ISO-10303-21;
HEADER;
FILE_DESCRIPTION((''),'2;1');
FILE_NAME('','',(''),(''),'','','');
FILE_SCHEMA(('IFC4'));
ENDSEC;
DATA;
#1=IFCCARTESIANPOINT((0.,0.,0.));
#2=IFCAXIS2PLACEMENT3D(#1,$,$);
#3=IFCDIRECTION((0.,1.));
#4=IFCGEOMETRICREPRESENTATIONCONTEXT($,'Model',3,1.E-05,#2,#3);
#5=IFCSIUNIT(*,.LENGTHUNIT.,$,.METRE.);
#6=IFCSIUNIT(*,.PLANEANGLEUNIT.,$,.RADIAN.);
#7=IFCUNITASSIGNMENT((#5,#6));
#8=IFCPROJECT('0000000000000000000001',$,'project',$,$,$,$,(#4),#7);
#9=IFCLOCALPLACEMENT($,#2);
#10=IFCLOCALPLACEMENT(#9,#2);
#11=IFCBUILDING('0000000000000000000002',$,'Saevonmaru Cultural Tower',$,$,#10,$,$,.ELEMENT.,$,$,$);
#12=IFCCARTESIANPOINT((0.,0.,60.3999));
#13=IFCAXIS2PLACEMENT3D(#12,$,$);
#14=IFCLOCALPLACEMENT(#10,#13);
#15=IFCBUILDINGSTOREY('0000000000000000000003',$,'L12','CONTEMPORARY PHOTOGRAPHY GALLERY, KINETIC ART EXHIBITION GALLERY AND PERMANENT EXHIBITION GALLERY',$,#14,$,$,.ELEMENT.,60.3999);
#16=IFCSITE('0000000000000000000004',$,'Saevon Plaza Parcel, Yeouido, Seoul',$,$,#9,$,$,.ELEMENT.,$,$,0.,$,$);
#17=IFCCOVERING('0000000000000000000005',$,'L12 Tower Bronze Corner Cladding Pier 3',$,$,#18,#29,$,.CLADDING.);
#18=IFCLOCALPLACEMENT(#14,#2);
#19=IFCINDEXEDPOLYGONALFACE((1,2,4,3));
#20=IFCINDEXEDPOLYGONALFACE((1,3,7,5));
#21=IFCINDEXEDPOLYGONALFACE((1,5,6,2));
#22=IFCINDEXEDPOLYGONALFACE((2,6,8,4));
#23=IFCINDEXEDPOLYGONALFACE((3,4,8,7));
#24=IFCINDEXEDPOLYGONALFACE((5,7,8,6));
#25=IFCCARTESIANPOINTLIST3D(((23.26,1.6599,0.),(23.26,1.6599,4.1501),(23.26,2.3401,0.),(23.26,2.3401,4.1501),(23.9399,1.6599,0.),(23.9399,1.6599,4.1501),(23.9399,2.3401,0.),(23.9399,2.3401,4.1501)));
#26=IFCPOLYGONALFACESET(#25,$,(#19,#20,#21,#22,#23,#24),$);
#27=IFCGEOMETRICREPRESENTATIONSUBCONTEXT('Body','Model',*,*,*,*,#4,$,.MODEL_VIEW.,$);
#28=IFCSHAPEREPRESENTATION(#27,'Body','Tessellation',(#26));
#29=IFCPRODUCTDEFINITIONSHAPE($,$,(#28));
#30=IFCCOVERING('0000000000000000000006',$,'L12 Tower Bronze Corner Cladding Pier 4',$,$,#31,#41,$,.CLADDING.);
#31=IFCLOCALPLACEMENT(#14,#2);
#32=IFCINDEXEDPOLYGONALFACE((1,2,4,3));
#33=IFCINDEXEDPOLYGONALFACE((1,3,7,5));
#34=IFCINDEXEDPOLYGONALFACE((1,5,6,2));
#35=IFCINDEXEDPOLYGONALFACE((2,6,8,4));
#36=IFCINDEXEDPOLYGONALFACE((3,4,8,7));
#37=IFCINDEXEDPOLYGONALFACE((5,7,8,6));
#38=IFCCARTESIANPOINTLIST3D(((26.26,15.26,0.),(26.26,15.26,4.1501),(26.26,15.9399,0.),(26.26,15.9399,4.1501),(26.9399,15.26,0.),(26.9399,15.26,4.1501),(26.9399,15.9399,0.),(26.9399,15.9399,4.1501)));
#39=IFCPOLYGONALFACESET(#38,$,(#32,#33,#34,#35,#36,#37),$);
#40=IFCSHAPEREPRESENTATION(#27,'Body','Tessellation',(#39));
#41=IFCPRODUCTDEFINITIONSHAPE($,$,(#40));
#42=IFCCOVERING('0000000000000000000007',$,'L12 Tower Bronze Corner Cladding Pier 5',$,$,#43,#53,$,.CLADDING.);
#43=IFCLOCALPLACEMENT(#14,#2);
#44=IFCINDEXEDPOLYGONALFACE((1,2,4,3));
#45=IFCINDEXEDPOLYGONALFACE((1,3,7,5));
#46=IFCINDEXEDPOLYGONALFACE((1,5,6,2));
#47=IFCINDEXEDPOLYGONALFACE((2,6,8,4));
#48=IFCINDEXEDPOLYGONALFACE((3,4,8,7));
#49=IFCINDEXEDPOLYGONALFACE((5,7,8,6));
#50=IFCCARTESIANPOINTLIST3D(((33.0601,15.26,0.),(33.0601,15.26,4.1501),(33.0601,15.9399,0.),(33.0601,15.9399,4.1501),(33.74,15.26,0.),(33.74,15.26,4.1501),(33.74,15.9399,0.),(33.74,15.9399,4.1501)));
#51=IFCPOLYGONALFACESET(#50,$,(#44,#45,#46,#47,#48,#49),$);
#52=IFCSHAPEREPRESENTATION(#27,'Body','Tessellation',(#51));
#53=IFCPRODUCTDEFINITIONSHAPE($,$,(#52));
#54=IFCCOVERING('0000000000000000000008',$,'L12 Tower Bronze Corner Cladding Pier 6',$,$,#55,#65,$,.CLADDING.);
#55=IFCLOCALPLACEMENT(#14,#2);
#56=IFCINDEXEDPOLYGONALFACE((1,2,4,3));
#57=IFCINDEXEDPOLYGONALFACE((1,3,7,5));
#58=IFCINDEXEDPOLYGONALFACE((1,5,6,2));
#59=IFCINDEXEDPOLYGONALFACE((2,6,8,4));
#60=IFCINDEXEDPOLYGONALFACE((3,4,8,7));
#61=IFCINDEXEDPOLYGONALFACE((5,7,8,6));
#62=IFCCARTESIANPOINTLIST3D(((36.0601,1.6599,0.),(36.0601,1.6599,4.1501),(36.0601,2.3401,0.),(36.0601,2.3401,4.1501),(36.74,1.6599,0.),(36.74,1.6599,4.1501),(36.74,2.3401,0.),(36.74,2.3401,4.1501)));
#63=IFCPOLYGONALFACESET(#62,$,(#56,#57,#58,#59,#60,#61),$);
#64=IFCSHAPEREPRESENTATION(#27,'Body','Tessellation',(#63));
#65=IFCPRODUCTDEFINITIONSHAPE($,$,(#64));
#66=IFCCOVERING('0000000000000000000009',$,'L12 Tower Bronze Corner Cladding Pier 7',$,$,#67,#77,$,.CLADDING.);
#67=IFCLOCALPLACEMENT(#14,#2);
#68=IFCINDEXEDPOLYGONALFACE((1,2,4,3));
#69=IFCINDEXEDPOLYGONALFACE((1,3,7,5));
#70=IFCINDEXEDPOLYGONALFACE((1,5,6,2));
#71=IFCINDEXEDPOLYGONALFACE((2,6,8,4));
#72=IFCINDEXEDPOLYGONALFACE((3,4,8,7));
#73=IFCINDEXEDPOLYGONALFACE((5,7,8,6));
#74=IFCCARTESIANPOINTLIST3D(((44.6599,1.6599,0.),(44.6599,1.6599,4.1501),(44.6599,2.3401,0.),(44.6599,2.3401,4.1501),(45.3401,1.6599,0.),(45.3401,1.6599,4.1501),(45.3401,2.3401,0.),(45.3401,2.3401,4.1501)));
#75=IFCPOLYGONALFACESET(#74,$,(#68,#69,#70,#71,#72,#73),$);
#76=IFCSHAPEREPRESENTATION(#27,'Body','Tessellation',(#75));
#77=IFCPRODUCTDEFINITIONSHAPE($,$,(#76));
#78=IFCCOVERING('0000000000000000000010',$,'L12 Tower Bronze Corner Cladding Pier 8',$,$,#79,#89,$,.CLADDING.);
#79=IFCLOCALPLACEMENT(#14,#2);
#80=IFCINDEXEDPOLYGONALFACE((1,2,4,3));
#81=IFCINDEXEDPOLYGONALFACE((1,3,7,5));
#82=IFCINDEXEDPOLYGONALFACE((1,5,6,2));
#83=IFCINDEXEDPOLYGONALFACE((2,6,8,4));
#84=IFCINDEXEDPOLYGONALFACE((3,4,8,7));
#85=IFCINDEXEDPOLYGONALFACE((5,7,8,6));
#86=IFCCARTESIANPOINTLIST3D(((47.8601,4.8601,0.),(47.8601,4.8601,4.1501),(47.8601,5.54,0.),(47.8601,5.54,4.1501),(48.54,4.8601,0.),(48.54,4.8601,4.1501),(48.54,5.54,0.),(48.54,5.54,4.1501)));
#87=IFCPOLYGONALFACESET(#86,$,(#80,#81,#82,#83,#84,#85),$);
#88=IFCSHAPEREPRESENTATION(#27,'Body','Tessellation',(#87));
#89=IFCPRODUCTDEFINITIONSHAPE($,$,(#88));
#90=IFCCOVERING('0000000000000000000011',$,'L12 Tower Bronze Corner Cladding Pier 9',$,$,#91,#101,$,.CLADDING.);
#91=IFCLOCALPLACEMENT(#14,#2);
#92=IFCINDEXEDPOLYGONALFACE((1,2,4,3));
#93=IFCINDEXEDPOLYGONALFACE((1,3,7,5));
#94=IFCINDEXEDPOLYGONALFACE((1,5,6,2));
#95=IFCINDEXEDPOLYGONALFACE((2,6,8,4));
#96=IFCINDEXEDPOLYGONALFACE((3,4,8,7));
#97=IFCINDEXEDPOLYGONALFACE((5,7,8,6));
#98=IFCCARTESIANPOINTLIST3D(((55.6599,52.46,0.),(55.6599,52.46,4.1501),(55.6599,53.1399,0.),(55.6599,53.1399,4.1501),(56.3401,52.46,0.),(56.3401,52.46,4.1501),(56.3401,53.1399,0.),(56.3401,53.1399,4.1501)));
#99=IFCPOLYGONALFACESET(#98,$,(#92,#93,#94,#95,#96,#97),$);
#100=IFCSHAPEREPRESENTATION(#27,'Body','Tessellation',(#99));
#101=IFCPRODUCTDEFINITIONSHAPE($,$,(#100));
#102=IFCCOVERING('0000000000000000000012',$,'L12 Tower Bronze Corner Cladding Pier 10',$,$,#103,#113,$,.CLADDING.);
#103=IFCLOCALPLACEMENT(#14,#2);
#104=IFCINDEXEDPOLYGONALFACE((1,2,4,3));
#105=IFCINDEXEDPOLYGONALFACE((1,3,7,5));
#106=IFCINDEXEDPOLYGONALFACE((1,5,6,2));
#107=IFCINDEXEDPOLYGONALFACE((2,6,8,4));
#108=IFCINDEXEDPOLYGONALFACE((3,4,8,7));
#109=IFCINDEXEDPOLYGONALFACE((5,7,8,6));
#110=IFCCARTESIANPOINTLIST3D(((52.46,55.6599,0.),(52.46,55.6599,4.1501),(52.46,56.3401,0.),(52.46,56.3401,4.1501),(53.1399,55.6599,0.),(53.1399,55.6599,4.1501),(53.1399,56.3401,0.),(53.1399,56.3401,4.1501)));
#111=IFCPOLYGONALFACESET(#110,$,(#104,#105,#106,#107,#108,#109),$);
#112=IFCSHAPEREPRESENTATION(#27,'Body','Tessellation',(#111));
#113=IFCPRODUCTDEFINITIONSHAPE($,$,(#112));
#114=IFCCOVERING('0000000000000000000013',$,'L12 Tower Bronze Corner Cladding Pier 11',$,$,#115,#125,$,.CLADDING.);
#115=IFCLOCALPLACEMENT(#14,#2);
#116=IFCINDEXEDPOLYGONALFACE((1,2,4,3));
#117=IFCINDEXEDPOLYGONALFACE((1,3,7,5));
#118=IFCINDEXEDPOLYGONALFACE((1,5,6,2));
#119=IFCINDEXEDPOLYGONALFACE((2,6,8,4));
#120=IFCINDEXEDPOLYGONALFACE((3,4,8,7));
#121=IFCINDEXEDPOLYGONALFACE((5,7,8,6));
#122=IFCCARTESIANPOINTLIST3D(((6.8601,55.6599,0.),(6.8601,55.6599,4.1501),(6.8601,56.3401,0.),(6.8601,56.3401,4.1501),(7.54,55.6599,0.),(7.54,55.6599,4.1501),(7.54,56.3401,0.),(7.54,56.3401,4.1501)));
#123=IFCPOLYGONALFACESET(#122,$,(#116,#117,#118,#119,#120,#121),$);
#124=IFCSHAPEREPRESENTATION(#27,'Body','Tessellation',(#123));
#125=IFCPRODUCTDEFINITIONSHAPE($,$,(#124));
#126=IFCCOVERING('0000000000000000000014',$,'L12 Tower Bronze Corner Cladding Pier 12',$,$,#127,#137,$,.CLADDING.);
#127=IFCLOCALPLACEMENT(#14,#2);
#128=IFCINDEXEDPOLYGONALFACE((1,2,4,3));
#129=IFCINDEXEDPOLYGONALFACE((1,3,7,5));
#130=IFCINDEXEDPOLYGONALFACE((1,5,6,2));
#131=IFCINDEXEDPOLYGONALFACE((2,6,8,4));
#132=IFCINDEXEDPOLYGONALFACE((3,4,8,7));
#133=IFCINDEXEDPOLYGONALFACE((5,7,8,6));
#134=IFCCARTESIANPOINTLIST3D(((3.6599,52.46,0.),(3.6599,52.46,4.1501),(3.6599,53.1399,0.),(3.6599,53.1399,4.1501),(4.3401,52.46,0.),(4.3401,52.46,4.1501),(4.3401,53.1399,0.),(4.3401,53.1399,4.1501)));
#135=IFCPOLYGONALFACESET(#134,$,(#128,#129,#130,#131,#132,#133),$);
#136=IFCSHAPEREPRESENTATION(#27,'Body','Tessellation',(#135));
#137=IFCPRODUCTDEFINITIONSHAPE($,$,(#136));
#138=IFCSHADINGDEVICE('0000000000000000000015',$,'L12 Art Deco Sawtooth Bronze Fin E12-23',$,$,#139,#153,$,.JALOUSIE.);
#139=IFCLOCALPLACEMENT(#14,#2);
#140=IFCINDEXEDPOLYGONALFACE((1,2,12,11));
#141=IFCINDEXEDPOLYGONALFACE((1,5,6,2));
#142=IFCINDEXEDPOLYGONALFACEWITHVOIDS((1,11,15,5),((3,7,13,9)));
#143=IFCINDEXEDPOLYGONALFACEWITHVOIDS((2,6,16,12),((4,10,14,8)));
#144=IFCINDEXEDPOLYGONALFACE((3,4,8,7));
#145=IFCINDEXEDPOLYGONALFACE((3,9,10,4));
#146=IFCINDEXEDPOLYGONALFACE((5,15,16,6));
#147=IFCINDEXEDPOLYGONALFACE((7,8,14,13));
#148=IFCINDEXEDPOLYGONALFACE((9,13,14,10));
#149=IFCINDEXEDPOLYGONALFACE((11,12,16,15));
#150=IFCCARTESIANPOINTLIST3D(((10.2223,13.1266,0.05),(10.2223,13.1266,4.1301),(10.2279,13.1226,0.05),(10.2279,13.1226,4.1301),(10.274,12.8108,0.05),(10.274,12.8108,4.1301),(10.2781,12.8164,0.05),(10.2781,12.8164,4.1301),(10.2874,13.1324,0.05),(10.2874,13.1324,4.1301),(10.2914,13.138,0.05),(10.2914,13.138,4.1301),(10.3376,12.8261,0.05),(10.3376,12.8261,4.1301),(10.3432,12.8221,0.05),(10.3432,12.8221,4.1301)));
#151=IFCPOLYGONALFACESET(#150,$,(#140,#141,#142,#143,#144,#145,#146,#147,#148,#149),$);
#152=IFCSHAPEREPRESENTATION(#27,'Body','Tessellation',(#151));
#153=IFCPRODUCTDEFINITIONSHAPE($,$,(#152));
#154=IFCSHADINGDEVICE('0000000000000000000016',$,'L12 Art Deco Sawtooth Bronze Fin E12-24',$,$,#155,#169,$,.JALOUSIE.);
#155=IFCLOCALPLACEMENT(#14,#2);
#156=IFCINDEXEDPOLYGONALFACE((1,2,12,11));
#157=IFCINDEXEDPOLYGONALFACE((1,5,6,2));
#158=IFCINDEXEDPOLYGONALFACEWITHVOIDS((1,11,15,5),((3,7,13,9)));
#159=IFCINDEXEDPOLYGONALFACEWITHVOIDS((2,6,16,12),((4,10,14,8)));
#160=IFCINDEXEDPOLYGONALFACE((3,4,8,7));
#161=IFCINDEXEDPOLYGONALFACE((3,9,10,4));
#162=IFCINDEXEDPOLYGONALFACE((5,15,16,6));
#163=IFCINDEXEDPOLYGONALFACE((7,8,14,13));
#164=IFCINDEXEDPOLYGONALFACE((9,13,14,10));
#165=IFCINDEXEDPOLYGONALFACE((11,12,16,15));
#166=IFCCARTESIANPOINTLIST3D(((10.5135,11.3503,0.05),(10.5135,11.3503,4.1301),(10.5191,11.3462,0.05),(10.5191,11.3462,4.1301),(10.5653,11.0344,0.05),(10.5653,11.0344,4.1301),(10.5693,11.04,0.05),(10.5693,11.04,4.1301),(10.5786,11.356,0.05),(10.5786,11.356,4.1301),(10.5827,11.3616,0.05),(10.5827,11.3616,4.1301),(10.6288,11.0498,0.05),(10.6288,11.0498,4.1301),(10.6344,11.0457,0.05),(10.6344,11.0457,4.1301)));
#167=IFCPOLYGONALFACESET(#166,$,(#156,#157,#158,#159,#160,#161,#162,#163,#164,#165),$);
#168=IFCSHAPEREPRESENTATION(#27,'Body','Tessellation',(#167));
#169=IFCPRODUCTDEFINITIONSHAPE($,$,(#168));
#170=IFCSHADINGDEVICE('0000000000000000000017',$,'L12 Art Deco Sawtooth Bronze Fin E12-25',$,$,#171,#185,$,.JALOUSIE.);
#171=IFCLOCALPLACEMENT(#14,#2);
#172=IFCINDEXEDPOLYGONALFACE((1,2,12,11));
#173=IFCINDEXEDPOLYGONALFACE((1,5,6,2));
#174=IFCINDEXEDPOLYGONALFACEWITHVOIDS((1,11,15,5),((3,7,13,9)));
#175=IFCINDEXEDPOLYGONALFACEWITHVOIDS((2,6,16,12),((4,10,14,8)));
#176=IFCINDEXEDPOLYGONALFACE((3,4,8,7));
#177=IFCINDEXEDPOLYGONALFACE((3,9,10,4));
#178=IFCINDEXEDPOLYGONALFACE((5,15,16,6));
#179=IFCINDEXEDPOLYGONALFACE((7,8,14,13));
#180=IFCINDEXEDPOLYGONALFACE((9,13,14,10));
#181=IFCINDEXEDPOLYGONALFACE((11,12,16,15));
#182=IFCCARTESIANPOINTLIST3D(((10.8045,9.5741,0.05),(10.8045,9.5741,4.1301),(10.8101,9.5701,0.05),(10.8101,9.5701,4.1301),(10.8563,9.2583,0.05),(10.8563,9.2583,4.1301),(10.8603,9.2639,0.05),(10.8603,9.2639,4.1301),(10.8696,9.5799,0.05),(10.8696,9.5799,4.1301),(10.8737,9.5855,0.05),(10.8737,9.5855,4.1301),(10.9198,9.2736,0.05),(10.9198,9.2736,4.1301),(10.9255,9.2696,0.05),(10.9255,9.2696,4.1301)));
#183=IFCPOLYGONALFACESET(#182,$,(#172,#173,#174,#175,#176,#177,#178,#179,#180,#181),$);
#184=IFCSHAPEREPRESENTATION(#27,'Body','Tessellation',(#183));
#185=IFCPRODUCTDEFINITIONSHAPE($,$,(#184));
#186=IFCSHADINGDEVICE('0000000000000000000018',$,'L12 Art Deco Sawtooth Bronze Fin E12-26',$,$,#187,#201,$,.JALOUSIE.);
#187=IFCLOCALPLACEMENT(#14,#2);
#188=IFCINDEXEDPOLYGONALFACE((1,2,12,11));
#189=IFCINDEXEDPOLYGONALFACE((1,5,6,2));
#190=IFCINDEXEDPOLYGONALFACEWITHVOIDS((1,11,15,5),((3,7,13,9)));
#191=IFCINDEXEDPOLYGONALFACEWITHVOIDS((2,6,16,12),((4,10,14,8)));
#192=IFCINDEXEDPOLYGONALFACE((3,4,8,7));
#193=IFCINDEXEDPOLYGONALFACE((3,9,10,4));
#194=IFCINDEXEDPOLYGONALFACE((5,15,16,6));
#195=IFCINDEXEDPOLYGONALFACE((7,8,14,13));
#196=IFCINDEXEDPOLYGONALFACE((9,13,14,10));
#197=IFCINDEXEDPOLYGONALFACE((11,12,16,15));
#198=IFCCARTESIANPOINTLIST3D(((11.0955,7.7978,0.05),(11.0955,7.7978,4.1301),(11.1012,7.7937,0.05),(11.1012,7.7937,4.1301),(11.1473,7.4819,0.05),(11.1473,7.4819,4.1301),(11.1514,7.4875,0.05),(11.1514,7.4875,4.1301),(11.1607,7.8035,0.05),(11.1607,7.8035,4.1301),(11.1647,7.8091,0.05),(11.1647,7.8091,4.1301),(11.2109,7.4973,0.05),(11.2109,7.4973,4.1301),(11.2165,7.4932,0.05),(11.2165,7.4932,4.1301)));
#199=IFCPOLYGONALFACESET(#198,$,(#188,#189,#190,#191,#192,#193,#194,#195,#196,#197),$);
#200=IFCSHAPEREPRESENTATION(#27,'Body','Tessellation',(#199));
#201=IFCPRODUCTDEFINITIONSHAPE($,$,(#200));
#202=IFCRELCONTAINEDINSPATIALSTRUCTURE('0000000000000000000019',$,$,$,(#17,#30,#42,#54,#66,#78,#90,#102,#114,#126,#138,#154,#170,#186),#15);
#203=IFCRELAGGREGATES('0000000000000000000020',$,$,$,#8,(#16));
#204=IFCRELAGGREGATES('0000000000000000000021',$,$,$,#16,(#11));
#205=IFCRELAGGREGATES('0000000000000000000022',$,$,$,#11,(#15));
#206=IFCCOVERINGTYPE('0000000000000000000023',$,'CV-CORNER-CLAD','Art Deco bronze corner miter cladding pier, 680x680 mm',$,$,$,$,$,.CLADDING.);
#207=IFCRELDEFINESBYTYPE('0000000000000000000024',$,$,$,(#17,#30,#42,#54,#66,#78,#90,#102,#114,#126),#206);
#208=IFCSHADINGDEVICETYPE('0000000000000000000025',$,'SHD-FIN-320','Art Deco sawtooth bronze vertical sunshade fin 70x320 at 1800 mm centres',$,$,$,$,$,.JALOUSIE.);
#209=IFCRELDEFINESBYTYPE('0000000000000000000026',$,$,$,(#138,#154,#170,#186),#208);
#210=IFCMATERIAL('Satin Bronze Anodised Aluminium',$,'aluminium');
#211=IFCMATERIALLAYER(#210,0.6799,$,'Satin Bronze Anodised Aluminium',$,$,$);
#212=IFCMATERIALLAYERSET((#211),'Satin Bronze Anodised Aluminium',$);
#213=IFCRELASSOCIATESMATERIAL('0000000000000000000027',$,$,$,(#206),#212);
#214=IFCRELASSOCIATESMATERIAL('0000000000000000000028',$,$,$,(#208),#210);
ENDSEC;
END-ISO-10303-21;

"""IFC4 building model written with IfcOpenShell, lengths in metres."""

from ifc_helpers import new_model, si_unit, direction, frame, origin, origin_2d, place, context, subcontext, project, spatial, polyline, hollow_rectangle, outline, extrude, material, layer, layer_set, material_profile, profile_set, type_object, element, save


model = new_model("IFC4")

# Units and contexts
model_context = context("Model", 3, precision=1e-05, world=origin(), true_north=direction((0.0, 1.0)))
body_context = subcontext(model_context, "Body", "Model", "MODEL_VIEW")
ifc_project = project(units=[si_unit("LENGTHUNIT", "METRE"), si_unit("PLANEANGLEUNIT", "RADIAN")], contexts=[model_context])

# Site, building, storey
site_placement = place(None, origin())
site = spatial("IfcSite", under=ifc_project, at=site_placement, Name="Saevon Plaza Parcel, Yeouido, Seoul", CompositionType="ELEMENT", RefElevation=0.0)
building_placement = place(site_placement, origin())
building = spatial("IfcBuilding", under=site, at=building_placement, Name="Saevonmaru Cultural Tower", CompositionType="ELEMENT")
storey_placement = place(building_placement, frame((0.0, 0.0, 60.3999)))
storey = spatial("IfcBuildingStorey", under=building, at=storey_placement, Name="L12", Description="CONTEMPORARY PHOTOGRAPHY GALLERY, KINETIC ART EXHIBITION GALLERY AND PERMANENT EXHIBITION GALLERY", CompositionType="ELEMENT", Elevation=60.3999)

# Shared definitions
ifc_material_1 = material(Name="Satin Bronze Anodised Aluminium", Category="aluminium")

# Coverings
ifc_layer_1 = layer(ifc_material_1, 0.6799, Name="Satin Bronze Anodised Aluminium")
ifc_layer_set_1 = layer_set([ifc_layer_1], Name="Satin Bronze Anodised Aluminium")
covering_type = type_object("IfcCoveringType", Name="CV-CORNER-CLAD", Description="Art Deco bronze corner miter cladding pier, 680x680 mm", PredefinedType="CLADDING", material=ifc_layer_set_1)
covering_1_placement = place(storey_placement, origin())
element("IfcCovering", 1, at=covering_1_placement, inside=storey, type_object=covering_type, Name="L12 Tower Bronze Corner Cladding Pier 3", PredefinedType="CLADDING", context=body_context, shape_type="SweptSolid", body=[
    extrude(outline(polyline([(23.26, 1.6599), (23.9399, 1.6599), (23.9399, 2.3401), (23.26, 2.3401), (23.26, 1.6599)])), origin(), (0.0, 0.0, 1.0), 4.1501),
])
covering_2_placement = place(storey_placement, origin())
element("IfcCovering", 2, at=covering_2_placement, inside=storey, type_object=covering_type, Name="L12 Tower Bronze Corner Cladding Pier 4", PredefinedType="CLADDING", context=body_context, shape_type="SweptSolid", body=[
    extrude(outline(polyline([(26.26, 15.26), (26.9399, 15.26), (26.9399, 15.9399), (26.26, 15.9399), (26.26, 15.26)])), origin(), (0.0, 0.0, 1.0), 4.1501),
])
covering_3_placement = place(storey_placement, origin())
element("IfcCovering", 3, at=covering_3_placement, inside=storey, type_object=covering_type, Name="L12 Tower Bronze Corner Cladding Pier 5", PredefinedType="CLADDING", context=body_context, shape_type="SweptSolid", body=[
    extrude(outline(polyline([(33.0601, 15.26), (33.74, 15.26), (33.74, 15.9399), (33.0601, 15.9399), (33.0601, 15.26)])), origin(), (0.0, 0.0, 1.0), 4.1501),
])
covering_4_placement = place(storey_placement, origin())
element("IfcCovering", 4, at=covering_4_placement, inside=storey, type_object=covering_type, Name="L12 Tower Bronze Corner Cladding Pier 6", PredefinedType="CLADDING", context=body_context, shape_type="SweptSolid", body=[
    extrude(outline(polyline([(36.0601, 1.6599), (36.74, 1.6599), (36.74, 2.3401), (36.0601, 2.3401), (36.0601, 1.6599)])), origin(), (0.0, 0.0, 1.0), 4.1501),
])
covering_5_placement = place(storey_placement, origin())
element("IfcCovering", 5, at=covering_5_placement, inside=storey, type_object=covering_type, Name="L12 Tower Bronze Corner Cladding Pier 7", PredefinedType="CLADDING", context=body_context, shape_type="SweptSolid", body=[
    extrude(outline(polyline([(44.6599, 1.6599), (45.3401, 1.6599), (45.3401, 2.3401), (44.6599, 2.3401), (44.6599, 1.6599)])), origin(), (0.0, 0.0, 1.0), 4.1501),
])
covering_6_placement = place(storey_placement, origin())
element("IfcCovering", 6, at=covering_6_placement, inside=storey, type_object=covering_type, Name="L12 Tower Bronze Corner Cladding Pier 8", PredefinedType="CLADDING", context=body_context, shape_type="SweptSolid", body=[
    extrude(outline(polyline([(47.8601, 4.8601), (48.54, 4.8601), (48.54, 5.54), (47.8601, 5.54), (47.8601, 4.8601)])), origin(), (0.0, 0.0, 1.0), 4.1501),
])
covering_7_placement = place(storey_placement, origin())
element("IfcCovering", 7, at=covering_7_placement, inside=storey, type_object=covering_type, Name="L12 Tower Bronze Corner Cladding Pier 9", PredefinedType="CLADDING", context=body_context, shape_type="SweptSolid", body=[
    extrude(outline(polyline([(55.6599, 52.46), (56.3401, 52.46), (56.3401, 53.1399), (55.6599, 53.1399), (55.6599, 52.46)])), origin(), (0.0, 0.0, 1.0), 4.1501),
])
covering_8_placement = place(storey_placement, origin())
element("IfcCovering", 8, at=covering_8_placement, inside=storey, type_object=covering_type, Name="L12 Tower Bronze Corner Cladding Pier 10", PredefinedType="CLADDING", context=body_context, shape_type="SweptSolid", body=[
    extrude(outline(polyline([(52.46, 55.6599), (53.1399, 55.6599), (53.1399, 56.3401), (52.46, 56.3401), (52.46, 55.6599)])), origin(), (0.0, 0.0, 1.0), 4.1501),
])
covering_9_placement = place(storey_placement, origin())
element("IfcCovering", 9, at=covering_9_placement, inside=storey, type_object=covering_type, Name="L12 Tower Bronze Corner Cladding Pier 11", PredefinedType="CLADDING", context=body_context, shape_type="SweptSolid", body=[
    extrude(outline(polyline([(6.8601, 55.6599), (7.54, 55.6599), (7.54, 56.3401), (6.8601, 56.3401), (6.8601, 55.6599)])), origin(), (0.0, 0.0, 1.0), 4.1501),
])
covering_10_placement = place(storey_placement, origin())
element("IfcCovering", 10, at=covering_10_placement, inside=storey, type_object=covering_type, Name="L12 Tower Bronze Corner Cladding Pier 12", PredefinedType="CLADDING", context=body_context, shape_type="SweptSolid", body=[
    extrude(outline(polyline([(3.6599, 52.46), (4.3401, 52.46), (4.3401, 53.1399), (3.6599, 53.1399), (3.6599, 52.46)])), origin(), (0.0, 0.0, 1.0), 4.1501),
])

# Shading devices
ifc_material_profile_1 = material_profile(ifc_material_1, hollow_rectangle(XDim=0.0701, YDim=0.3201, WallThickness=0.0049, at=origin_2d()), Name="FIN-320x70")
ifc_profile_set_1 = profile_set([ifc_material_profile_1], Name="Satin Bronze Anodised Aluminium")
shading_device_type = type_object("IfcShadingDeviceType", Name="SHD-FIN-320", Description="Art Deco sawtooth bronze vertical sunshade fin 70x320 at 1800 mm centres", PredefinedType="JALOUSIE", material=ifc_profile_set_1)
for number, where, z_axis, x_axis, name in (
    (11, (10.2827, 12.9744, 0.05), (0.0, 0.0, 1.0), (-0.986827, -0.161776, 0.0), "L12 Art Deco Sawtooth Bronze Fin E12-23"),
    (12, (10.574, 11.198, 0.05), (0.0, 0.0, 1.0), (-0.986827, -0.161776, 0.0), "L12 Art Deco Sawtooth Bronze Fin E12-24"),
    (13, (10.865, 9.4219, 0.05), (0.0, 0.0, 1.0), (-0.986827, -0.161776, 0.0), "L12 Art Deco Sawtooth Bronze Fin E12-25"),
    (14, (11.156, 7.6455, 0.05), (0.0, 0.0, 1.0), (-0.986827, -0.161776, 0.0), "L12 Art Deco Sawtooth Bronze Fin E12-26"),
):
    element("IfcShadingDevice", number, at=place(storey_placement, frame(where, z_axis=z_axis, x_axis=x_axis)), inside=storey, type_object=shading_device_type, Name=name, PredefinedType="JALOUSIE", context=body_context, shape_type="SweptSolid", body=[
        extrude(hollow_rectangle(XDim=0.0701, YDim=0.3201, WallThickness=0.0049, at=origin_2d()), origin(), (0.0, 0.0, 1.0), 4.0801),
    ])

save(model, "model.ifc")
